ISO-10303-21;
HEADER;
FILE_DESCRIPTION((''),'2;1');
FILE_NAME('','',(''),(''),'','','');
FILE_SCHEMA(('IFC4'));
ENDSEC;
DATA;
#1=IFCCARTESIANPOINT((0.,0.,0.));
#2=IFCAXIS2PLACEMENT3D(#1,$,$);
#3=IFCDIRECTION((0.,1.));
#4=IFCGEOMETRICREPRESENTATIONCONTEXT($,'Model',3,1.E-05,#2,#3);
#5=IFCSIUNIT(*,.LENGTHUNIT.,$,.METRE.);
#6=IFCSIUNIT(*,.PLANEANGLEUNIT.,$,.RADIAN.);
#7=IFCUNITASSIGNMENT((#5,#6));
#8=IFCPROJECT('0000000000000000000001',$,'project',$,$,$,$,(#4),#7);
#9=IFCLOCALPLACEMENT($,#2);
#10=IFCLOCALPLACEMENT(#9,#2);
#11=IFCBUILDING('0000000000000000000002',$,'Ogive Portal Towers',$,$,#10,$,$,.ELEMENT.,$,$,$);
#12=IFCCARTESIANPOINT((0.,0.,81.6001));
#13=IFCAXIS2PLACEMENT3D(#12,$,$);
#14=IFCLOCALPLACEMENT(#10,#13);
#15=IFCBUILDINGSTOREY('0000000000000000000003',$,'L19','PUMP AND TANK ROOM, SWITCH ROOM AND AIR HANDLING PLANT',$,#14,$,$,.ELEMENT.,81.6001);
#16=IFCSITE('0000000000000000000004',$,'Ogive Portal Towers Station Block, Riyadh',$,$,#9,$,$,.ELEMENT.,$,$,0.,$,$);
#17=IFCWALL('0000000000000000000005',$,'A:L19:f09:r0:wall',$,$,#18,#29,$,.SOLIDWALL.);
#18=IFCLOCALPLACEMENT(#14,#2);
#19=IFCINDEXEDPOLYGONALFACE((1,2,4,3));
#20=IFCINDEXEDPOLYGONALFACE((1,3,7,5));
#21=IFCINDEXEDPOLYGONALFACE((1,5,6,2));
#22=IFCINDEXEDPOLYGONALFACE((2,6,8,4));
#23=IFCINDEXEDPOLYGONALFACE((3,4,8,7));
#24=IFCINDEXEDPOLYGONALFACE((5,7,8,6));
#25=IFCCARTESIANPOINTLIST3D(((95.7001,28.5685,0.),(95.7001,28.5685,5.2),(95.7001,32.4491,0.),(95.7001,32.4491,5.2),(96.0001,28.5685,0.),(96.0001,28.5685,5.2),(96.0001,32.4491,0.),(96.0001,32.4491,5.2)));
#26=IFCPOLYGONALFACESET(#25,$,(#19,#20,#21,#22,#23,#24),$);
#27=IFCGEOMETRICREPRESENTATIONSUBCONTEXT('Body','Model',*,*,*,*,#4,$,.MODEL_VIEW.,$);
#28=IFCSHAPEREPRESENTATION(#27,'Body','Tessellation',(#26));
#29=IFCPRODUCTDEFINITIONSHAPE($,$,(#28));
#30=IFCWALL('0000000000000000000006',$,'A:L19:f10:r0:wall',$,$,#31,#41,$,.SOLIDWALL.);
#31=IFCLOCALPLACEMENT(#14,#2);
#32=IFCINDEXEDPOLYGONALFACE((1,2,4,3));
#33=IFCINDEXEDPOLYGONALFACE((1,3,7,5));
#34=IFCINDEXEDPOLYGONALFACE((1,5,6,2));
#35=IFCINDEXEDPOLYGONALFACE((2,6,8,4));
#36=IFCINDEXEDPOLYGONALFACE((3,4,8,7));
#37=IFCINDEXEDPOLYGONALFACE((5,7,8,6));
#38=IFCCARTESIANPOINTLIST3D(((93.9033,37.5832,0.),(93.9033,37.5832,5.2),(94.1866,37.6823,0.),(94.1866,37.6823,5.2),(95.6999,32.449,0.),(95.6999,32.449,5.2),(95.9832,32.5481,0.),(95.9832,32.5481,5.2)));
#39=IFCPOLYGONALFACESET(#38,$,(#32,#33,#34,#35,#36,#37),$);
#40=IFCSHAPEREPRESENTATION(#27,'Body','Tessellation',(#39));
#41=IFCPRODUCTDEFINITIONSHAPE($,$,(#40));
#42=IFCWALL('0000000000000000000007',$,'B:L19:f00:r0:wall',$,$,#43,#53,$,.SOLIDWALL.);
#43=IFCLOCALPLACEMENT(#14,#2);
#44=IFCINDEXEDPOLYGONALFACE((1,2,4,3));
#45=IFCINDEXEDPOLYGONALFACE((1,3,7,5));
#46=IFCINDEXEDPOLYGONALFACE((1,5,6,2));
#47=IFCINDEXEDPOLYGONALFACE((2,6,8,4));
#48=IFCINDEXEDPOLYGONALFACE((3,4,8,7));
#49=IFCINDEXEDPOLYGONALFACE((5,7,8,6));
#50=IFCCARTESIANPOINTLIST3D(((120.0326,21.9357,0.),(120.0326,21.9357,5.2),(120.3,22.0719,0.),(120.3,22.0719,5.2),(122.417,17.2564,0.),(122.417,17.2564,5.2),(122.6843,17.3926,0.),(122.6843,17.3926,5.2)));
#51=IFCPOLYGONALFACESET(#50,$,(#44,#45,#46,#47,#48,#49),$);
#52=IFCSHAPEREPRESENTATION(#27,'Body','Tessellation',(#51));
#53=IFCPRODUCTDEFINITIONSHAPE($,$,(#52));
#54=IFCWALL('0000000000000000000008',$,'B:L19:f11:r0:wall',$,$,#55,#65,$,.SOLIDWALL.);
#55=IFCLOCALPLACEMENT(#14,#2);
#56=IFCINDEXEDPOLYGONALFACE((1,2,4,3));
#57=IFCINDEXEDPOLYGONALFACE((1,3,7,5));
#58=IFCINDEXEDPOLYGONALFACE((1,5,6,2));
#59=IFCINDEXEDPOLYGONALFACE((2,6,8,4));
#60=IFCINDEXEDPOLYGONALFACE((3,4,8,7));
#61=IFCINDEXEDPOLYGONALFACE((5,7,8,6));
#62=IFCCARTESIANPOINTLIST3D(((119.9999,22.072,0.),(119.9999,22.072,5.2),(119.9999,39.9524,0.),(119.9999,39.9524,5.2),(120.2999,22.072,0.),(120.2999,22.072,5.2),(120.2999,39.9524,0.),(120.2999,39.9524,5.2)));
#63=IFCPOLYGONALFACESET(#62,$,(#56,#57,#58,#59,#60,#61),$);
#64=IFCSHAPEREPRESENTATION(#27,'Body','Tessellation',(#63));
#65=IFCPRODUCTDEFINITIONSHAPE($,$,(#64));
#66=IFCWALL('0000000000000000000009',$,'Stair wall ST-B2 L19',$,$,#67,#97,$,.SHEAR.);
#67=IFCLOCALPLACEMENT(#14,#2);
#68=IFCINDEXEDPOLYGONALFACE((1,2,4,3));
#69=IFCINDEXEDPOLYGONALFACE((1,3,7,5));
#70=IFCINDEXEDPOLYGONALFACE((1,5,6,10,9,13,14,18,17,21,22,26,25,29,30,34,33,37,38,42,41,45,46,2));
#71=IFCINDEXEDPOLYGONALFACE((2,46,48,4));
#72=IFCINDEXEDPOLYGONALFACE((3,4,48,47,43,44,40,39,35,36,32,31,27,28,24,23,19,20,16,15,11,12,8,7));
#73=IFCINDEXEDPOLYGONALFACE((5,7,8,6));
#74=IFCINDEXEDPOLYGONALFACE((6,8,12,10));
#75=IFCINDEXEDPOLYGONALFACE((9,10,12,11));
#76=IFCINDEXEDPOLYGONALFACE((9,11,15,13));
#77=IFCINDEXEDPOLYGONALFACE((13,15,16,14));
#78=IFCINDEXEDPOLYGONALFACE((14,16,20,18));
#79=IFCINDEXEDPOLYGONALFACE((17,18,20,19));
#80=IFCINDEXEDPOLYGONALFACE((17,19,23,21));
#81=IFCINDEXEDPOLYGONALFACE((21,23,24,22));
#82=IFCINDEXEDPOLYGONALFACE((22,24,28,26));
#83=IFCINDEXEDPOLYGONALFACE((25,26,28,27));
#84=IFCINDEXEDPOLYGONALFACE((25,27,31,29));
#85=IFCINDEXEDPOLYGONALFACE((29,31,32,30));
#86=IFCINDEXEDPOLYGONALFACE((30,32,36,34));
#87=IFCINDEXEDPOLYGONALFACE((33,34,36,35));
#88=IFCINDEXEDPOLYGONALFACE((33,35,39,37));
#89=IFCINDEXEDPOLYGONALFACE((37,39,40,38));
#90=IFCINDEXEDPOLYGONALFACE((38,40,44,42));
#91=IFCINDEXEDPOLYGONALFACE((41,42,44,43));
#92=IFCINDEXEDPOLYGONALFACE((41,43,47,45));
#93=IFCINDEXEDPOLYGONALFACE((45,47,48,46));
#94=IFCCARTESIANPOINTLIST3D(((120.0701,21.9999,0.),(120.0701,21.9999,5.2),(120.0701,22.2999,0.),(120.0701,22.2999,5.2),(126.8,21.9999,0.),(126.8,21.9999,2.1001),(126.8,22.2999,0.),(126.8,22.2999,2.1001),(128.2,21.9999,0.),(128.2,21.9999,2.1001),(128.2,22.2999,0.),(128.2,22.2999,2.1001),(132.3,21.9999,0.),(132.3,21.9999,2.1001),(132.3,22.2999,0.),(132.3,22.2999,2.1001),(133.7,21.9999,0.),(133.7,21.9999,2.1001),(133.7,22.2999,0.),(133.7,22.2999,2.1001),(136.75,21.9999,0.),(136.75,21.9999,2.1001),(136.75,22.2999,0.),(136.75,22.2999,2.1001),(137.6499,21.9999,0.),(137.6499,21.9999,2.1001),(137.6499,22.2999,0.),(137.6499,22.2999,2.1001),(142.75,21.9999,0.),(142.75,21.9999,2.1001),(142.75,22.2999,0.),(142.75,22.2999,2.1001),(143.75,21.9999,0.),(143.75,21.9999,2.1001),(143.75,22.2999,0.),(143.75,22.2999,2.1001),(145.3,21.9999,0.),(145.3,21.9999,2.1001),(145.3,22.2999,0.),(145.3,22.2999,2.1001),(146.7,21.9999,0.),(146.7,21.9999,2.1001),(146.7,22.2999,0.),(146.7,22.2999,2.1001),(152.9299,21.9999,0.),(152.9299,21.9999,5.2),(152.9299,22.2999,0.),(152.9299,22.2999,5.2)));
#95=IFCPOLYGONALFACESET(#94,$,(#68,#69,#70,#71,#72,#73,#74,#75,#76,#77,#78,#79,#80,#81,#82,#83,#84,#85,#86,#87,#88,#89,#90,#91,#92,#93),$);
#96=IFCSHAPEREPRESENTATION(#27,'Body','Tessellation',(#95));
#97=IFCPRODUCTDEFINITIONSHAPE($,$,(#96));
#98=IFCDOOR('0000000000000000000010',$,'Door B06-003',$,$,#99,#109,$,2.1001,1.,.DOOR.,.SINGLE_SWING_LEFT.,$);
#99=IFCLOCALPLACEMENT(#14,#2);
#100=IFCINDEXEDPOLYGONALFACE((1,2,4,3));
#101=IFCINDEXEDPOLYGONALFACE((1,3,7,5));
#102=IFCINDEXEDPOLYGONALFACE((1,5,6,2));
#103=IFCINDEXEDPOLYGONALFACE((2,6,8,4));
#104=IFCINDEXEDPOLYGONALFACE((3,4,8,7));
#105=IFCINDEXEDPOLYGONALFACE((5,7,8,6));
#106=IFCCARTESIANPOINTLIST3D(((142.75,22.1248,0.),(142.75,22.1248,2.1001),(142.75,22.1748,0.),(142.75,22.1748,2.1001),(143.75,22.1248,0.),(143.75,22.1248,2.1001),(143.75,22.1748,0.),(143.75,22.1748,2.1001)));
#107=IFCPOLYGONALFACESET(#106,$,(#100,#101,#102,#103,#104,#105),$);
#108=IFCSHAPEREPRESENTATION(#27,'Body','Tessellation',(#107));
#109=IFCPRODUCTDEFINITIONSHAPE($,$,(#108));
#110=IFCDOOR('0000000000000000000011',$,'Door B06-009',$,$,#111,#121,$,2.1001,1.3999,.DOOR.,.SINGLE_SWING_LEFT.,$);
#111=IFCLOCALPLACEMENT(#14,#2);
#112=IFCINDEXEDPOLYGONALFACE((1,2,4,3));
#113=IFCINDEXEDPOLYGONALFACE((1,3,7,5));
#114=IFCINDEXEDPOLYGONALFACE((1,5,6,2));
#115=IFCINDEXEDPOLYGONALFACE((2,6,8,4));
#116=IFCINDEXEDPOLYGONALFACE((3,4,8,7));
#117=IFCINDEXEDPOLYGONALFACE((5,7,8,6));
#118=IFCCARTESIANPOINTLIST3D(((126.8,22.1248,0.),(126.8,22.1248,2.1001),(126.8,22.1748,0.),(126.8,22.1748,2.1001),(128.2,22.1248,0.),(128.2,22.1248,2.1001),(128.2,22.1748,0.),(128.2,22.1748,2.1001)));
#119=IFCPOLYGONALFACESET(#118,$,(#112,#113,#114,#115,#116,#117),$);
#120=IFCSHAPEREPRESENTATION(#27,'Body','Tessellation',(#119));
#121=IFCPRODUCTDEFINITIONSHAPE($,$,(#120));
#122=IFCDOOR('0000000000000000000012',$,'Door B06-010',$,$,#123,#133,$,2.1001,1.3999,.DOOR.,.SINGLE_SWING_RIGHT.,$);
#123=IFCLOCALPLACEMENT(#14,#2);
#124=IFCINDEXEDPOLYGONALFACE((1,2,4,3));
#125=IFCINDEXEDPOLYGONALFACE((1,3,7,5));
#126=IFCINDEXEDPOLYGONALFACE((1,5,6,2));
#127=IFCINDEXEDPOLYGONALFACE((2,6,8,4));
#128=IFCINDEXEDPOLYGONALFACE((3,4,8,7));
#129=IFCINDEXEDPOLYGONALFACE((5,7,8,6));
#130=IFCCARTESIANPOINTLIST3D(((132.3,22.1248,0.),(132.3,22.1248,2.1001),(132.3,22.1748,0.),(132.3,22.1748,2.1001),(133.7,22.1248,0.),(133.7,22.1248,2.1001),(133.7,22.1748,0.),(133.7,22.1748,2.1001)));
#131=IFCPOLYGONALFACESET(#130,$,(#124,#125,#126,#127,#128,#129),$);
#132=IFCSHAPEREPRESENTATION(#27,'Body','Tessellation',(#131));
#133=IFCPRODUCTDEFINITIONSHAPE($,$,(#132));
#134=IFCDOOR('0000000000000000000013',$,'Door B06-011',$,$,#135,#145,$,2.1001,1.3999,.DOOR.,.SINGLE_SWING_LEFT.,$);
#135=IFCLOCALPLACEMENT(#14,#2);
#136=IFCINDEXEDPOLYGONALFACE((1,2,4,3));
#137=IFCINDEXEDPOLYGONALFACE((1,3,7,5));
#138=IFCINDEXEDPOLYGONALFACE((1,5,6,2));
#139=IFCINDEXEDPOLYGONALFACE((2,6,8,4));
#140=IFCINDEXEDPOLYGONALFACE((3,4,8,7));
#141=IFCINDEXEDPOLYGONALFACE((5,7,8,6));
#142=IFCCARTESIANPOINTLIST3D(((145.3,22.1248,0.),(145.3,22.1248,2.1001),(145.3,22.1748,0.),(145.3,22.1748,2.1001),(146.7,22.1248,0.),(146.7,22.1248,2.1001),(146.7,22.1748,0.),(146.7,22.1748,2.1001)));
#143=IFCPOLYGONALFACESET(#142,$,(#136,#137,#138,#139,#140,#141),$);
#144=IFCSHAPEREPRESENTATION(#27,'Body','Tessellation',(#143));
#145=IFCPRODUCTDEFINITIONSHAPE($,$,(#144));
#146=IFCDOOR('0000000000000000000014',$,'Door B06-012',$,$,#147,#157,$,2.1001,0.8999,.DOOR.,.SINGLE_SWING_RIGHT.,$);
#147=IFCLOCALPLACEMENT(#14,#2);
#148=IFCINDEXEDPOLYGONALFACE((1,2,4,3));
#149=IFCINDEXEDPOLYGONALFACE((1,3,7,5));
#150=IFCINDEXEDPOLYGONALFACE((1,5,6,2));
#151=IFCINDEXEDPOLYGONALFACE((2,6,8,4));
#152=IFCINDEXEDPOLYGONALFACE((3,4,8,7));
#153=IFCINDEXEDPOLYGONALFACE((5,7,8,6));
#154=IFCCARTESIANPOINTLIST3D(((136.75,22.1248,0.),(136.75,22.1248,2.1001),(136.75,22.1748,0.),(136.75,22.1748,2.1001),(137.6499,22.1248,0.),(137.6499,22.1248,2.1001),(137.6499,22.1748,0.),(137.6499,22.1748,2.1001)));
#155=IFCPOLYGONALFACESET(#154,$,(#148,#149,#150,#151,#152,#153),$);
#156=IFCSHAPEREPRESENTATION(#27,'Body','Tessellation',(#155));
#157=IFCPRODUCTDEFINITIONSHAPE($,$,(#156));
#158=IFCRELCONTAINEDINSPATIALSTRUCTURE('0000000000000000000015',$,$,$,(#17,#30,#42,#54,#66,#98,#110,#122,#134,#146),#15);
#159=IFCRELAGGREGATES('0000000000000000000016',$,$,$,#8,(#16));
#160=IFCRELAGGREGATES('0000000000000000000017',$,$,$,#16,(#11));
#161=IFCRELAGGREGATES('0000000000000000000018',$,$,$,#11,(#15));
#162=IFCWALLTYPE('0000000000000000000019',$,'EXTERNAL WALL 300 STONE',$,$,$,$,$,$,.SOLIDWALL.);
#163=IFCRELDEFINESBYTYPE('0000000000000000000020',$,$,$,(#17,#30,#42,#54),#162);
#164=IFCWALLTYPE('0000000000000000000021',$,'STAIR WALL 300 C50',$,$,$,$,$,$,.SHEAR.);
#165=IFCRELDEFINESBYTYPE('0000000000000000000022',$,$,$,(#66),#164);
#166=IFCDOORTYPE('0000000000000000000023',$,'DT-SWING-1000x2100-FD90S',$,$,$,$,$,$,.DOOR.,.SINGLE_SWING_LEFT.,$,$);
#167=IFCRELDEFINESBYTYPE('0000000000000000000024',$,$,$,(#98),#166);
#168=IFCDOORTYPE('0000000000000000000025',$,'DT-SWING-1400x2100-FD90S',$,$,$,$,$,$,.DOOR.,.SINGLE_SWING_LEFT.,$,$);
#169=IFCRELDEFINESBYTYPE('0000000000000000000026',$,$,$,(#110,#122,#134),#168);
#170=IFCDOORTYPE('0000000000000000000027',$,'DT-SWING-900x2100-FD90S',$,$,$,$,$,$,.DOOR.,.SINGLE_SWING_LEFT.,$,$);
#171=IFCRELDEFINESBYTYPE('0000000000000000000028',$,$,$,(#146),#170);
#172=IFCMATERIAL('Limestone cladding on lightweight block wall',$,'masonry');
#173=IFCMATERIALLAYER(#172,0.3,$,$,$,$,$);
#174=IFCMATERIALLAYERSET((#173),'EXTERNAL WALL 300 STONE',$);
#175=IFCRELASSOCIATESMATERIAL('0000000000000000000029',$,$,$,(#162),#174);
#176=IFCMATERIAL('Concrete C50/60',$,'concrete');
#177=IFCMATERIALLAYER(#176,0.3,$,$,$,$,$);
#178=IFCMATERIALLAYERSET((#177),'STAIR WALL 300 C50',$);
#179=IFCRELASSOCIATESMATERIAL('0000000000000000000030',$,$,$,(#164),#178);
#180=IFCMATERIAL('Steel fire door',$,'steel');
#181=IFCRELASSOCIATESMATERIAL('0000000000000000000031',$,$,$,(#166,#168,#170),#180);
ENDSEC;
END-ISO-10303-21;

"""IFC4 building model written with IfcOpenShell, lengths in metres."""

from ifc_helpers import new_model, si_unit, direction, frame, frame_2d, origin, place, context, subcontext, project, spatial, rectangle, extrude, material, layer, layer_set, type_object, element, fill, save


model = new_model("IFC4")

# Units and contexts
model_context = context("Model", 3, precision=1e-05, world=origin(), true_north=direction((0.0, 1.0)))
body_context = subcontext(model_context, "Body", "Model", "MODEL_VIEW")
ifc_project = project(units=[si_unit("LENGTHUNIT", "METRE"), si_unit("PLANEANGLEUNIT", "RADIAN")], contexts=[model_context])

# Site, building, storey
site_placement = place(None, origin())
site = spatial("IfcSite", under=ifc_project, at=site_placement, Name="Ogive Portal Towers Station Block, Riyadh", CompositionType="ELEMENT", RefElevation=0.0)
building_placement = place(site_placement, origin())
building = spatial("IfcBuilding", under=site, at=building_placement, Name="Ogive Portal Towers", CompositionType="ELEMENT")
storey_placement = place(building_placement, frame((0.0, 0.0, 81.6001)))
storey = spatial("IfcBuildingStorey", under=building, at=storey_placement, Name="L19", Description="PUMP AND TANK ROOM, SWITCH ROOM AND AIR HANDLING PLANT", CompositionType="ELEMENT", Elevation=81.6001)

# Walls
ifc_material_1 = material(Name="Limestone cladding on lightweight block wall", Category="masonry")
ifc_layer_1 = layer(ifc_material_1, 0.3)
ifc_layer_set_1 = layer_set([ifc_layer_1], Name="EXTERNAL WALL 300 STONE")
wall_type_1 = type_object("IfcWallType", Name="EXTERNAL WALL 300 STONE", PredefinedType="SOLIDWALL", material=ifc_layer_set_1)
wall_1_placement = place(storey_placement, frame((95.8501, 28.5684, 0.0), z_axis=(0.0, 0.0, 1.0), x_axis=(0.0, 1.0, 0.0)))
element("IfcWall", 1, at=wall_1_placement, inside=storey, type_object=wall_type_1, Name="A:L19:f09:r0:wall", PredefinedType="SOLIDWALL", context=body_context, shape_type="SweptSolid", body=[
    extrude(rectangle(XDim=3.8806, YDim=0.3, at=frame_2d((1.9404, 0.0))), origin(), (0.0, 0.0, 1.0), 5.2),
])
wall_2_placement = place(storey_placement, frame((95.8416, 32.4985, 0.0), z_axis=(0.0, 0.0, 1.0), x_axis=(-0.33029, 0.943879, 0.0)))
element("IfcWall", 2, at=wall_2_placement, inside=storey, type_object=wall_type_1, Name="A:L19:f10:r0:wall", PredefinedType="SOLIDWALL", context=body_context, shape_type="SweptSolid", body=[
    extrude(rectangle(XDim=5.4395, YDim=0.3, at=frame_2d((2.7197, 0.0))), origin(), (0.0, 0.0, 1.0), 5.2),
])
wall_3_placement = place(storey_placement, frame((120.1663, 22.0039, 0.0), z_axis=(0.0, 0.0, 1.0), x_axis=(0.454007, -0.890998, 0.0)))
element("IfcWall", 3, at=wall_3_placement, inside=storey, type_object=wall_type_1, Name="B:L19:f00:r0:wall", PredefinedType="SOLIDWALL", context=body_context, shape_type="SweptSolid", body=[
    extrude(rectangle(XDim=5.2517, YDim=0.3, at=frame_2d((2.626, 0.0))), origin(), (0.0, 0.0, 1.0), 5.2),
])
wall_4_placement = place(storey_placement, frame((120.1499, 39.9524, 0.0), z_axis=(0.0, 0.0, 1.0), x_axis=(0.0, -1.0, 0.0)))
element("IfcWall", 4, at=wall_4_placement, inside=storey, type_object=wall_type_1, Name="B:L19:f11:r0:wall", PredefinedType="SOLIDWALL", context=body_context, shape_type="SweptSolid", body=[
    extrude(rectangle(XDim=17.8804, YDim=0.3, at=frame_2d((8.9402, 0.0))), origin(), (0.0, 0.0, 1.0), 5.2),
])

# Wall, openings, doors
ifc_material_2 = material(Name="Concrete C50/60", Category="concrete")
ifc_layer_2 = layer(ifc_material_2, 0.3)
ifc_layer_set_2 = layer_set([ifc_layer_2], Name="STAIR WALL 300 C50")
wall_type_2 = type_object("IfcWallType", Name="STAIR WALL 300 C50", PredefinedType="SHEAR", material=ifc_layer_set_2)
wall_5_placement = place(storey_placement, frame((120.0701, 22.1499, 0.0), z_axis=(0.0, 0.0, 1.0), x_axis=(1.0, 0.0, 0.0)))
wall_5 = element("IfcWall", 5, at=wall_5_placement, inside=storey, type_object=wall_type_2, Name="Stair wall ST-B2 L19", PredefinedType="SHEAR", context=body_context, shape_type="SweptSolid", body=[
    extrude(rectangle(XDim=32.8599, YDim=0.3, at=frame_2d((16.4299, 0.0))), origin(), (0.0, 0.0, 1.0), 5.2),
])
opening_1_placement = place(wall_5_placement, frame((22.6799, 0.0, 0.0)))
opening_1 = element("IfcOpeningElement", 6, at=opening_1_placement, cuts=wall_5, PredefinedType="OPENING", context=body_context, shape_type="SweptSolid", body=[
    extrude(rectangle(XDim=1.0, YDim=2.1001, at=frame_2d((0.5, 1.05))), frame((0.0, 0.1602, 0.0), z_axis=(0.0, -1.0, 0.0), x_axis=(1.0, 0.0, 0.0)), (0.0, 0.0, 1.0), 0.3201),
])
opening_2_placement = place(wall_5_placement, frame((6.73, 0.0, 0.0)))
opening_2 = element("IfcOpeningElement", 7, at=opening_2_placement, cuts=wall_5, PredefinedType="OPENING", context=body_context, shape_type="SweptSolid", body=[
    extrude(rectangle(XDim=1.3999, YDim=2.1001, at=frame_2d((0.7, 1.05))), frame((0.0, 0.1602, 0.0), z_axis=(0.0, -1.0, 0.0), x_axis=(1.0, 0.0, 0.0)), (0.0, 0.0, 1.0), 0.3201),
])
opening_3_placement = place(wall_5_placement, frame((12.23, 0.0, 0.0)))
opening_3 = element("IfcOpeningElement", 8, at=opening_3_placement, cuts=wall_5, PredefinedType="OPENING", context=body_context, shape_type="SweptSolid", body=[
    extrude(rectangle(XDim=1.3999, YDim=2.1001, at=frame_2d((0.7, 1.05))), frame((0.0, 0.1602, 0.0), z_axis=(0.0, -1.0, 0.0), x_axis=(1.0, 0.0, 0.0)), (0.0, 0.0, 1.0), 0.3201),
])
opening_4_placement = place(wall_5_placement, frame((25.23, 0.0, 0.0)))
opening_4 = element("IfcOpeningElement", 9, at=opening_4_placement, cuts=wall_5, PredefinedType="OPENING", context=body_context, shape_type="SweptSolid", body=[
    extrude(rectangle(XDim=1.3999, YDim=2.1001, at=frame_2d((0.7, 1.05))), frame((0.0, 0.1602, 0.0), z_axis=(0.0, -1.0, 0.0), x_axis=(1.0, 0.0, 0.0)), (0.0, 0.0, 1.0), 0.3201),
])
opening_5_placement = place(wall_5_placement, frame((16.6799, 0.0, 0.0)))
opening_5 = element("IfcOpeningElement", 10, at=opening_5_placement, cuts=wall_5, PredefinedType="OPENING", context=body_context, shape_type="SweptSolid", body=[
    extrude(rectangle(XDim=0.8999, YDim=2.1001, at=frame_2d((0.45, 1.05))), frame((0.0, 0.1602, 0.0), z_axis=(0.0, -1.0, 0.0), x_axis=(1.0, 0.0, 0.0)), (0.0, 0.0, 1.0), 0.3201),
])
ifc_material_3 = material(Name="Steel fire door", Category="steel")
door_type_1 = type_object("IfcDoorType", Name="DT-SWING-1000x2100-FD90S", OperationType="SINGLE_SWING_LEFT", PredefinedType="DOOR", material=ifc_material_3)
door_1_placement = place(opening_1_placement, origin())
door_1 = element("IfcDoor", 11, at=door_1_placement, inside=storey, type_object=door_type_1, Name="Door B06-003", OperationType="SINGLE_SWING_LEFT", OverallHeight=2.1001, OverallWidth=1.0, PredefinedType="DOOR", context=body_context, shape_type="SweptSolid", body=[
    extrude(rectangle(XDim=1.0, YDim=2.1001, at=frame_2d((0.5, 1.05))), frame((0.0, 0.0249, 0.0), z_axis=(0.0, -1.0, 0.0), x_axis=(1.0, 0.0, 0.0)), (0.0, 0.0, 1.0), 0.05),
])
fill(opening_1, door_1)
door_type_2 = type_object("IfcDoorType", Name="DT-SWING-1400x2100-FD90S", OperationType="SINGLE_SWING_LEFT", PredefinedType="DOOR", material=ifc_material_3)
door_2_placement = place(opening_2_placement, origin())
door_2 = element("IfcDoor", 12, at=door_2_placement, inside=storey, type_object=door_type_2, Name="Door B06-009", OperationType="SINGLE_SWING_LEFT", OverallHeight=2.1001, OverallWidth=1.3999, PredefinedType="DOOR", context=body_context, shape_type="SweptSolid", body=[
    extrude(rectangle(XDim=1.3999, YDim=2.1001, at=frame_2d((0.7, 1.05))), frame((0.0, 0.0249, 0.0), z_axis=(0.0, -1.0, 0.0), x_axis=(1.0, 0.0, 0.0)), (0.0, 0.0, 1.0), 0.05),
])
fill(opening_2, door_2)
door_3_placement = place(opening_3_placement, origin())
door_3 = element("IfcDoor", 13, at=door_3_placement, inside=storey, type_object=door_type_2, Name="Door B06-010", OperationType="SINGLE_SWING_RIGHT", OverallHeight=2.1001, OverallWidth=1.3999, PredefinedType="DOOR", context=body_context, shape_type="SweptSolid", body=[
    extrude(rectangle(XDim=1.3999, YDim=2.1001, at=frame_2d((0.7, 1.05))), frame((0.0, 0.0249, 0.0), z_axis=(0.0, -1.0, 0.0), x_axis=(1.0, 0.0, 0.0)), (0.0, 0.0, 1.0), 0.05),
])
fill(opening_3, door_3)
door_4_placement = place(opening_4_placement, origin())
door_4 = element("IfcDoor", 14, at=door_4_placement, inside=storey, type_object=door_type_2, Name="Door B06-011", OperationType="SINGLE_SWING_LEFT", OverallHeight=2.1001, OverallWidth=1.3999, PredefinedType="DOOR", context=body_context, shape_type="SweptSolid", body=[
    extrude(rectangle(XDim=1.3999, YDim=2.1001, at=frame_2d((0.7, 1.05))), frame((0.0, 0.0249, 0.0), z_axis=(0.0, -1.0, 0.0), x_axis=(1.0, 0.0, 0.0)), (0.0, 0.0, 1.0), 0.05),
])
fill(opening_4, door_4)
door_type_3 = type_object("IfcDoorType", Name="DT-SWING-900x2100-FD90S", OperationType="SINGLE_SWING_LEFT", PredefinedType="DOOR", material=ifc_material_3)
door_5_placement = place(opening_5_placement, origin())
door_5 = element("IfcDoor", 15, at=door_5_placement, inside=storey, type_object=door_type_3, Name="Door B06-012", OperationType="SINGLE_SWING_RIGHT", OverallHeight=2.1001, OverallWidth=0.8999, PredefinedType="DOOR", context=body_context, shape_type="SweptSolid", body=[
    extrude(rectangle(XDim=0.8999, YDim=2.1001, at=frame_2d((0.45, 1.05))), frame((0.0, 0.0249, 0.0), z_axis=(0.0, -1.0, 0.0), x_axis=(1.0, 0.0, 0.0)), (0.0, 0.0, 1.0), 0.05),
])
fill(opening_5, door_5)

save(model, "model.ifc")
